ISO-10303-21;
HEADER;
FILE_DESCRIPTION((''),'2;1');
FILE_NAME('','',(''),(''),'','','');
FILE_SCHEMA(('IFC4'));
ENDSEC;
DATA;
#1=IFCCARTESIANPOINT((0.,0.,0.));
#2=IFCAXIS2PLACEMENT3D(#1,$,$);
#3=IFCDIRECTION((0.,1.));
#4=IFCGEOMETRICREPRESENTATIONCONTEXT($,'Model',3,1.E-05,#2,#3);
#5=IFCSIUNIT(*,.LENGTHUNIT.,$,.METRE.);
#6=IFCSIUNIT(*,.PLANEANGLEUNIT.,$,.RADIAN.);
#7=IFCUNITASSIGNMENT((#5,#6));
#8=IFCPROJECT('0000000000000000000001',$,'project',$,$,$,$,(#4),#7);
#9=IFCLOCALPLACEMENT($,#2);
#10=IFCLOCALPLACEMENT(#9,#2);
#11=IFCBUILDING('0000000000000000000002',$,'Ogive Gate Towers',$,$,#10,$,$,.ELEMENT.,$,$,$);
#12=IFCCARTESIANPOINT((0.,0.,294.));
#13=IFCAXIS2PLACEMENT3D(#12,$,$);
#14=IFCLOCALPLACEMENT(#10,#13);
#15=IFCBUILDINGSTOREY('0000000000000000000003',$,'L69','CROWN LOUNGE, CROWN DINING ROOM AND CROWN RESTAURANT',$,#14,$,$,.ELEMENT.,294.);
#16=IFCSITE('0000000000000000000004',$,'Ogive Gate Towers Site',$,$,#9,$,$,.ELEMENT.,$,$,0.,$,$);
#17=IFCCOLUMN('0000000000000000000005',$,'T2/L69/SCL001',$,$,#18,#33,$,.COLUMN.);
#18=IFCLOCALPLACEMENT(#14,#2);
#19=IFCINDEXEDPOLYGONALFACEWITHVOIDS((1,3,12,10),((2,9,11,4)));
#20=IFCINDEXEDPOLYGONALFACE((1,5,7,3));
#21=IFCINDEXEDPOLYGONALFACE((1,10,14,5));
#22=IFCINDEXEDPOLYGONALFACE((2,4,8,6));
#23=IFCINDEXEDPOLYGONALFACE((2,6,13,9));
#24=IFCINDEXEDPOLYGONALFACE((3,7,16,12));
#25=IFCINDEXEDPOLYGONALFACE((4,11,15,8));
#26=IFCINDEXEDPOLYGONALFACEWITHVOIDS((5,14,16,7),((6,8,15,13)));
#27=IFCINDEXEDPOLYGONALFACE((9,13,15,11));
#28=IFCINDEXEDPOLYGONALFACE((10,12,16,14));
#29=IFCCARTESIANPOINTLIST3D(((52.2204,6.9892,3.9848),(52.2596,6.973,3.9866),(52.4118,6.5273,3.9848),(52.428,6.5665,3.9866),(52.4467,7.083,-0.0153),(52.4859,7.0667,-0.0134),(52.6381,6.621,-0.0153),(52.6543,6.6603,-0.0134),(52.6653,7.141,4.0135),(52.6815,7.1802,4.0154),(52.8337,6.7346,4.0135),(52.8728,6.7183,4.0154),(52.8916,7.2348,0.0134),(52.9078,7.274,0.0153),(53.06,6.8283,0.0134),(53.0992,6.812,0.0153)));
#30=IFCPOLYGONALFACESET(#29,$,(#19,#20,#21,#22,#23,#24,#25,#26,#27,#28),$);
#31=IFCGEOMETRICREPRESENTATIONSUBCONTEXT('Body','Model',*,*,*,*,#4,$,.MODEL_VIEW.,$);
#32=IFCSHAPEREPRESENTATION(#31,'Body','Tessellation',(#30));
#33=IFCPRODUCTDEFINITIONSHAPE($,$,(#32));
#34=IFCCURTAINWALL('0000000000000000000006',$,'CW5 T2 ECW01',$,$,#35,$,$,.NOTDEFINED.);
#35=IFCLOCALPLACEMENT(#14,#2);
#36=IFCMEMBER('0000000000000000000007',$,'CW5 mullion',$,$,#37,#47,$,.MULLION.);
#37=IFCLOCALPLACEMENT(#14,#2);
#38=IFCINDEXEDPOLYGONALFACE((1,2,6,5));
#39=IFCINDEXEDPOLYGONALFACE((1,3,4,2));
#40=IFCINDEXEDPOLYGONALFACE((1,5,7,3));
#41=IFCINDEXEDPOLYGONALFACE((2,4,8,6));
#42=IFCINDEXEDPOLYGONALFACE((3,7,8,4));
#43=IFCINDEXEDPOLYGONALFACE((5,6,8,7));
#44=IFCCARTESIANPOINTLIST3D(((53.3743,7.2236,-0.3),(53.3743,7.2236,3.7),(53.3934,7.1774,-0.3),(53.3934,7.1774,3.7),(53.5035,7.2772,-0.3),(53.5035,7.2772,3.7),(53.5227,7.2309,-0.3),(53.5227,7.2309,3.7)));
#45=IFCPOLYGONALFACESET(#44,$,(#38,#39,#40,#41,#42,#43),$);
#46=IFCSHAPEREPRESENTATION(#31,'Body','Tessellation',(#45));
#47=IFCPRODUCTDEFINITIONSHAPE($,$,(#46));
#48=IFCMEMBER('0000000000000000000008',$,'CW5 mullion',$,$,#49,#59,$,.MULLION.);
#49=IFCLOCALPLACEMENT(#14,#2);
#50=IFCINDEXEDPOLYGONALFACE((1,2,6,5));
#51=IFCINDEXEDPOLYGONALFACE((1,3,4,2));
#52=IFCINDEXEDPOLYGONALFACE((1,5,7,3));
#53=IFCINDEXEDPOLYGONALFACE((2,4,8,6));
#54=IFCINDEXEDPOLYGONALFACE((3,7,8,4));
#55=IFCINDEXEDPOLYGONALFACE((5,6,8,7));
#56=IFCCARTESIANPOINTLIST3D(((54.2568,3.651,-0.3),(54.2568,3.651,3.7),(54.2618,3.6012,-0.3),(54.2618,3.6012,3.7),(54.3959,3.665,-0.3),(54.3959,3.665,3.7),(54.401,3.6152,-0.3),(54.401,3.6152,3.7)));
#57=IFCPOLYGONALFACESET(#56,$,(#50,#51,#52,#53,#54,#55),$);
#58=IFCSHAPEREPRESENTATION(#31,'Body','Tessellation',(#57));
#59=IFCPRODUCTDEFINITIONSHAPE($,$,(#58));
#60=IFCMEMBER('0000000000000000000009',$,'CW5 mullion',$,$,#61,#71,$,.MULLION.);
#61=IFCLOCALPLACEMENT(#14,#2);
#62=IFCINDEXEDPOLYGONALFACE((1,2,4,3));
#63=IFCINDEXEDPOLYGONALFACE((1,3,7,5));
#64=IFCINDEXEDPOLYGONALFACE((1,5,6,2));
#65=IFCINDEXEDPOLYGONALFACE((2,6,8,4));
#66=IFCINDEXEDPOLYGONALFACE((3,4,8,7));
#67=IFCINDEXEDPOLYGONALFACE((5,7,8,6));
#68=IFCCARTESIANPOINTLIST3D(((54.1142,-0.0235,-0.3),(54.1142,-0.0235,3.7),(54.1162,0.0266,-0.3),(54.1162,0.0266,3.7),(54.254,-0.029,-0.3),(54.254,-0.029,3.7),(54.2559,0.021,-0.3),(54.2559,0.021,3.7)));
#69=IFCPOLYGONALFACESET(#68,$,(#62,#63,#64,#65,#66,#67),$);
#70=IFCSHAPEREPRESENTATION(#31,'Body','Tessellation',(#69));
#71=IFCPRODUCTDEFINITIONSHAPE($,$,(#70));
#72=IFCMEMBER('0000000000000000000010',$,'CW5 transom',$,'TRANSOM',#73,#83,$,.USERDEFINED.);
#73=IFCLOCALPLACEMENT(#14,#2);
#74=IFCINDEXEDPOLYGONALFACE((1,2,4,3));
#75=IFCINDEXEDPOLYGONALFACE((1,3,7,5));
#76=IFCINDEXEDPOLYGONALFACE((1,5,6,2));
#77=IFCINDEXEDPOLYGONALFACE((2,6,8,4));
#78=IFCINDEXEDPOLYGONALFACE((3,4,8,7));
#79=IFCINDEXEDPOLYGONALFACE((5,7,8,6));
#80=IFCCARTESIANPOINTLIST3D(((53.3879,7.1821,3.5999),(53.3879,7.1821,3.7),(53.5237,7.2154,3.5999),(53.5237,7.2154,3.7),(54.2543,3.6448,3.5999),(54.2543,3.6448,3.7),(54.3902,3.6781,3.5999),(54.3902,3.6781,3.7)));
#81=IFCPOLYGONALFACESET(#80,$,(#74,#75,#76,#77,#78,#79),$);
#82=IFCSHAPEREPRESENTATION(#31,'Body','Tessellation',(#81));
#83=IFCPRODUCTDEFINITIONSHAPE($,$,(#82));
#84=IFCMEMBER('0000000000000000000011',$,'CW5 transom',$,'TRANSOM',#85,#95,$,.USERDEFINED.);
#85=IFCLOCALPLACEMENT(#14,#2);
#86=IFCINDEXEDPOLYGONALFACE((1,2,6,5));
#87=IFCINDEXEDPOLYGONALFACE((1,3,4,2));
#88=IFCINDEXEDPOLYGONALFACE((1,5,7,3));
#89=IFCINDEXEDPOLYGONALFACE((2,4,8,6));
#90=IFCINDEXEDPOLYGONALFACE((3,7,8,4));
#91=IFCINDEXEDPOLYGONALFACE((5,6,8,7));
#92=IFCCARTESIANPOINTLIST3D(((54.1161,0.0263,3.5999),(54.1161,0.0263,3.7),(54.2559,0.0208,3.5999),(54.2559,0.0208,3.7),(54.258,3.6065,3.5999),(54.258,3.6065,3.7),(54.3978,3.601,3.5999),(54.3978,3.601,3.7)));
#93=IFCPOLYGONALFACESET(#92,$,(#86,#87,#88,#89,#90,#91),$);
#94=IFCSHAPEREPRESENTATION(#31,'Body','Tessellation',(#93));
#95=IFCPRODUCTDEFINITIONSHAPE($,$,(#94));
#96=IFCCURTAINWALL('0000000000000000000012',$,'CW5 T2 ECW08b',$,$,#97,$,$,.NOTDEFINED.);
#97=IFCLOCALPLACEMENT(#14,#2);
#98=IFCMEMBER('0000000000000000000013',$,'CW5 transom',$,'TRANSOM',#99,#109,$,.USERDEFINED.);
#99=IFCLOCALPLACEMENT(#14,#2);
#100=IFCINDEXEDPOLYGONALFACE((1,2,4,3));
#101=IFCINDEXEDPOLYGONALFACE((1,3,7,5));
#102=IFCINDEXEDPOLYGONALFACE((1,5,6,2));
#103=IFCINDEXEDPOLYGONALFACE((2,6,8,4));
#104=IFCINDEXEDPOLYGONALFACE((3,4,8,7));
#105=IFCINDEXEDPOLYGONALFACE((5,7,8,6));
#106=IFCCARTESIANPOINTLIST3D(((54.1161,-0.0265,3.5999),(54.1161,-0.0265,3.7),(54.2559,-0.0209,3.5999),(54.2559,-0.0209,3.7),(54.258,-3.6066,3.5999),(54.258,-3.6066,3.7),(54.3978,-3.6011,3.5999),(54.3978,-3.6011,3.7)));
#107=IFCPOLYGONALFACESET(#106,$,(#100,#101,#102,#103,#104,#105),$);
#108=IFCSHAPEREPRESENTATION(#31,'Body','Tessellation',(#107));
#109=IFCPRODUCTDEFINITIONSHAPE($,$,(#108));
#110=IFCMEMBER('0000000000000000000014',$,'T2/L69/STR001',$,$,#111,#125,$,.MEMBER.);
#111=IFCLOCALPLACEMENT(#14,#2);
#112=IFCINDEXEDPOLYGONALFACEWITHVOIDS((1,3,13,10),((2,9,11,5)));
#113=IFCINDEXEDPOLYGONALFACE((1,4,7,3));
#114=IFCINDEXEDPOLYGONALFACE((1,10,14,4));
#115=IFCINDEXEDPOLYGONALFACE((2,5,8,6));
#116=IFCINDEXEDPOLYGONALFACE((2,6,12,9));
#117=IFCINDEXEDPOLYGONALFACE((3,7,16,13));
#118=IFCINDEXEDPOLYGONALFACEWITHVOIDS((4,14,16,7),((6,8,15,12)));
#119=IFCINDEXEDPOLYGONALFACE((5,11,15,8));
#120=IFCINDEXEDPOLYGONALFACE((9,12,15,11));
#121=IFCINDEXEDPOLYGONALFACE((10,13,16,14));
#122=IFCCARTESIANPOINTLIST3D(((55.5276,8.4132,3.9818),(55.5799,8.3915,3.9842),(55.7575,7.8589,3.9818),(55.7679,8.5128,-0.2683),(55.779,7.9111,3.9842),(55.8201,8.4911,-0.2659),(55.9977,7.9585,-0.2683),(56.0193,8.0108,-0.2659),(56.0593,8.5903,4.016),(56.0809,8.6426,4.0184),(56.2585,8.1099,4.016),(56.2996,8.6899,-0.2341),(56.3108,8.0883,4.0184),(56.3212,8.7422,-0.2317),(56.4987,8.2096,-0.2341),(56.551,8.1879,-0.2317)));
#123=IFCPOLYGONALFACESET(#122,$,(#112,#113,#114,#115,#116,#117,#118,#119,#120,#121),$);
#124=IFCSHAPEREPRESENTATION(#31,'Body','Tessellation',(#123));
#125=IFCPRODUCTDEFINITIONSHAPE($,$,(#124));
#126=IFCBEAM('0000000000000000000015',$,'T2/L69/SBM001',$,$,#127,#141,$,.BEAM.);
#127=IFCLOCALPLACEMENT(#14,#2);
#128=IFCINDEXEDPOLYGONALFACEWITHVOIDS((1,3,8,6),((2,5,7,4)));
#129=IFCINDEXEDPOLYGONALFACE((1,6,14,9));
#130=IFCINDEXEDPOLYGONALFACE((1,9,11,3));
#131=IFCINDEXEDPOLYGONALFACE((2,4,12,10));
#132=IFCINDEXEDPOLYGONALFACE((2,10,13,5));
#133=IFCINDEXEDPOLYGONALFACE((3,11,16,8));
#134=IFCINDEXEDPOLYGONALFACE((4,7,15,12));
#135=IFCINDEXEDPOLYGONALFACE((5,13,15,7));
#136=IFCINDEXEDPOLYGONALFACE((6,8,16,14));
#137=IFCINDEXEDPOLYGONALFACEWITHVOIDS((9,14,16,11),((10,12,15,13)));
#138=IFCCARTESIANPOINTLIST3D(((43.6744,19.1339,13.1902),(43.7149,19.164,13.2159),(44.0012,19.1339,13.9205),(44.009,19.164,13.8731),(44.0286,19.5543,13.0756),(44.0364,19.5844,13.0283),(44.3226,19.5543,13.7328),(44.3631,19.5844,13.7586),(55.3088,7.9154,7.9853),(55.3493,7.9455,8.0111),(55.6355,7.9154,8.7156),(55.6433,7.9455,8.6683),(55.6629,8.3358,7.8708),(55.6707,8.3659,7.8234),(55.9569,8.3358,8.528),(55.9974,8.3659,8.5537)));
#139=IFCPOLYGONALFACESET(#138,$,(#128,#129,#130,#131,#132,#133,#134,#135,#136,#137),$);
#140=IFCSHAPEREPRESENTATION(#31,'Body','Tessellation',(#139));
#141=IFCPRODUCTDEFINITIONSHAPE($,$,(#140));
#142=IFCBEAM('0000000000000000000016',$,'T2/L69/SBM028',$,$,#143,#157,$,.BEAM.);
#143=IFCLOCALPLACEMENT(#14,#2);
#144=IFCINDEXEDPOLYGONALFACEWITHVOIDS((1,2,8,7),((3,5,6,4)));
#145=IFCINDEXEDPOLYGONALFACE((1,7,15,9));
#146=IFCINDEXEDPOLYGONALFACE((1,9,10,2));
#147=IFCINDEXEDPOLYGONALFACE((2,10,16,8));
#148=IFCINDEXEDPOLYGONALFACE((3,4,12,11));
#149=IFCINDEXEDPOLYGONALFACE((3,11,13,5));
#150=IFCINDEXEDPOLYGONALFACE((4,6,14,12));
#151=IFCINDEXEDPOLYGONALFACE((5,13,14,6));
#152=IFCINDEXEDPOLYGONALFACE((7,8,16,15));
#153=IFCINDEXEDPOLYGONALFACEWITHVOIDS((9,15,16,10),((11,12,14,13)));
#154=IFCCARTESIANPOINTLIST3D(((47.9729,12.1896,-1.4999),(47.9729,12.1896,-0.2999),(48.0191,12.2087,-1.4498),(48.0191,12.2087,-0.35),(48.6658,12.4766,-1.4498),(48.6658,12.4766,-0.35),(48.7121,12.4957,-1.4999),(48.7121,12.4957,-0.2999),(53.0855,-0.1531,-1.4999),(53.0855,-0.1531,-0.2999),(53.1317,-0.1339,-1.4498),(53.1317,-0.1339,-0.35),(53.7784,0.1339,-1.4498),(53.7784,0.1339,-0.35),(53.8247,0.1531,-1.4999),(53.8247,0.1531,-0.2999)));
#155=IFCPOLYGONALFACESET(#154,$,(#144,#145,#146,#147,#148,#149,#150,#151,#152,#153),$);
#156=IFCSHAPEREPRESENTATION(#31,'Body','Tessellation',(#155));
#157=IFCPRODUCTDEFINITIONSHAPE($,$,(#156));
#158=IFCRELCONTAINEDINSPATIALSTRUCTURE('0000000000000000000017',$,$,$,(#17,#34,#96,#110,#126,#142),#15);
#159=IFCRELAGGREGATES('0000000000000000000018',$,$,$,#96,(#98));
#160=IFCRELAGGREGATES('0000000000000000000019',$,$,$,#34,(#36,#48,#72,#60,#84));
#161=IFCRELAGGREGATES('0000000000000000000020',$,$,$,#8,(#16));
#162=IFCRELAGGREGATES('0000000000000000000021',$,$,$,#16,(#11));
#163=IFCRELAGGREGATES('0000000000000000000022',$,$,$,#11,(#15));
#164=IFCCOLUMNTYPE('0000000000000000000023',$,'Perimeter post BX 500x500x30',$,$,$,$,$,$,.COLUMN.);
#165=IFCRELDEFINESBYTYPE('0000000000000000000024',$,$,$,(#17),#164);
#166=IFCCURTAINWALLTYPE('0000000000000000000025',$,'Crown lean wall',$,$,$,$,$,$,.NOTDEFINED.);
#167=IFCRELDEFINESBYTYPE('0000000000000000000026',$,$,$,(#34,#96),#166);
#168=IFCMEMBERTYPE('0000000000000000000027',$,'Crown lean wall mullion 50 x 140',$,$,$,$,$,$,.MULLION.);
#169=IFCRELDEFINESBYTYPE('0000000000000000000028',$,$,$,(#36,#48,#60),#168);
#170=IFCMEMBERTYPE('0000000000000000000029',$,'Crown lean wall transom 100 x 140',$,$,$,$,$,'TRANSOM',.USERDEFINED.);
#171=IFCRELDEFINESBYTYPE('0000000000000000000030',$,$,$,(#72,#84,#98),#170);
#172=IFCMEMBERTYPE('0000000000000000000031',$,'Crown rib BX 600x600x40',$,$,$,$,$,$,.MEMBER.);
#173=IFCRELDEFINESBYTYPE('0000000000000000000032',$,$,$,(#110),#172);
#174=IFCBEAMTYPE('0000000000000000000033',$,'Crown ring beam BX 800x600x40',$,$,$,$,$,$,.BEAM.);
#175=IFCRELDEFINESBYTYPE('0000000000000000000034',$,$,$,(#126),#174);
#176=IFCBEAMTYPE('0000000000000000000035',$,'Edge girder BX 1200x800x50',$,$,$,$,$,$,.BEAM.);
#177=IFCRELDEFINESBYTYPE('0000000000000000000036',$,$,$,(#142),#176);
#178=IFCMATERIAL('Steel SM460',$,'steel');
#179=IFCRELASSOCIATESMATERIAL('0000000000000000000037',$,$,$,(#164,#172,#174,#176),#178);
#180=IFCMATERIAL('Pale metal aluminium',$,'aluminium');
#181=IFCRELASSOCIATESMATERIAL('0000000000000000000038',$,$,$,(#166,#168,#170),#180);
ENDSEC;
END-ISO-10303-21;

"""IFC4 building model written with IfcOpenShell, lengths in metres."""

from ifc_helpers import new_model, si_unit, direction, frame, origin, origin_2d, place, context, subcontext, project, spatial, rectangle, hollow_rectangle, extrude, material, material_profile, profile_set, type_object, element, aggregate, save


model = new_model("IFC4")

# Units and contexts
model_context = context("Model", 3, precision=1e-05, world=origin(), true_north=direction((0.0, 1.0)))
body_context = subcontext(model_context, "Body", "Model", "MODEL_VIEW")
ifc_project = project(units=[si_unit("LENGTHUNIT", "METRE"), si_unit("PLANEANGLEUNIT", "RADIAN")], contexts=[model_context])

# Site, building, storey
site_placement = place(None, origin())
site = spatial("IfcSite", under=ifc_project, at=site_placement, Name="Ogive Gate Towers Site", CompositionType="ELEMENT", RefElevation=0.0)
building_placement = place(site_placement, origin())
building = spatial("IfcBuilding", under=site, at=building_placement, Name="Ogive Gate Towers", CompositionType="ELEMENT")
storey_placement = place(building_placement, frame((0.0, 0.0, 294.0)))
storey = spatial("IfcBuildingStorey", under=building, at=storey_placement, Name="L69", Description="CROWN LOUNGE, CROWN DINING ROOM AND CROWN RESTAURANT", CompositionType="ELEMENT", Elevation=294.0)

# Column
ifc_material_1 = material(Name="Steel SM460", Category="steel")
ifc_material_profile_1 = material_profile(ifc_material_1, hollow_rectangle(XDim=0.5, YDim=0.5, WallThickness=0.03, at=origin_2d()), Name="BX 500x500x30")
ifc_profile_set_1 = profile_set([ifc_material_profile_1], Name="Steel SM460")
column_type = type_object("IfcColumnType", Name="Perimeter post BX 500x500x30", PredefinedType="COLUMN", material=ifc_profile_set_1)
column_placement = place(storey_placement, frame((52.7729, 6.9475, 0.0), z_axis=(-0.056474, -0.023394, 0.99813), x_axis=(0.382704, -0.923871, 0.0)))
element("IfcColumn", 1, at=column_placement, inside=storey, type_object=column_type, Name="T2/L69/SCL001", PredefinedType="COLUMN", context=body_context, shape_type="SweptSolid", body=[
    extrude(hollow_rectangle(XDim=0.5, YDim=0.5, WallThickness=0.03, at=origin_2d()), origin(), (0.0, 0.0, 1.0), 4.0076),
])

# Curtain wall, members
ifc_material_2 = material(Name="Pale metal aluminium", Category="aluminium")
curtain_wall_type = type_object("IfcCurtainWallType", Name="Crown lean wall", PredefinedType="NOTDEFINED", material=ifc_material_2)
curtain_wall_1_placement = place(storey_placement, origin())
curtain_wall_1 = element("IfcCurtainWall", 2, at=curtain_wall_1_placement, inside=storey, type_object=curtain_wall_type, Name="CW5 T2 ECW01", PredefinedType="NOTDEFINED")
ifc_material_profile_2 = material_profile(ifc_material_2, rectangle(XDim=0.1399, YDim=0.05, at=origin_2d()), Name="50 x 140 aluminium box")
ifc_profile_set_2 = profile_set([ifc_material_profile_2], Name="Pale metal aluminium")
member_type_1 = type_object("IfcMemberType", Name="Crown lean wall mullion 50 x 140", PredefinedType="MULLION", material=ifc_profile_set_2)
member_1_placement = place(storey_placement, frame((53.4485, 7.2273, -0.3), z_axis=(0.0, 0.0, 1.0), x_axis=(-0.92388, -0.382683, 0.0)))
member_1 = element("IfcMember", 3, at=member_1_placement, type_object=member_type_1, Name="CW5 mullion", PredefinedType="MULLION", context=body_context, shape_type="SweptSolid", body=[
    extrude(rectangle(XDim=0.1399, YDim=0.05, at=origin_2d()), origin(), (0.0, 0.0, 1.0), 4.0),
])
member_2_placement = place(storey_placement, frame((54.3289, 3.6331, -0.3), z_axis=(0.0, 0.0, 1.0), x_axis=(-0.994977, -0.100101, 0.0)))
member_2 = element("IfcMember", 4, at=member_2_placement, type_object=member_type_1, Name="CW5 mullion", PredefinedType="MULLION", context=body_context, shape_type="SweptSolid", body=[
    extrude(rectangle(XDim=0.1399, YDim=0.05, at=origin_2d()), origin(), (0.0, 0.0, 1.0), 4.0),
])
member_3_placement = place(storey_placement, frame((54.1851, -0.0012, -0.3), z_axis=(0.0, 0.0, 1.0), x_axis=(-0.999215, 0.039609, 0.0)))
member_3 = element("IfcMember", 5, at=member_3_placement, type_object=member_type_1, Name="CW5 mullion", PredefinedType="MULLION", context=body_context, shape_type="SweptSolid", body=[
    extrude(rectangle(XDim=0.1399, YDim=0.05, at=origin_2d()), origin(), (0.0, 0.0, 1.0), 4.0),
])
ifc_material_profile_3 = material_profile(ifc_material_2, rectangle(XDim=0.1399, YDim=0.1001, at=origin_2d()), Name="100 x 140 aluminium box")
ifc_profile_set_3 = profile_set([ifc_material_profile_3], Name="Pale metal aluminium")
member_type_2 = type_object("IfcMemberType", Name="Crown lean wall transom 100 x 140", ElementType="TRANSOM", PredefinedType="USERDEFINED", material=ifc_profile_set_3)
member_4_placement = place(storey_placement, frame((53.4558, 7.1987, 3.6499), z_axis=(0.237911, -0.971287, 0.0), x_axis=(0.971287, 0.237911, 0.0)))
member_4 = element("IfcMember", 6, at=member_4_placement, type_object=member_type_2, Name="CW5 transom", ObjectType="TRANSOM", PredefinedType="USERDEFINED", context=body_context, shape_type="SweptSolid", body=[
    extrude(rectangle(XDim=0.1399, YDim=0.1001, at=origin_2d()), origin(), (0.0, 0.0, 1.0), 3.6418),
])
member_5_placement = place(storey_placement, frame((54.3279, 3.6038, 3.6499), z_axis=(-0.03959, -0.999216, 0.0), x_axis=(0.999216, -0.03959, 0.0)))
member_5 = element("IfcMember", 7, at=member_5_placement, type_object=member_type_2, Name="CW5 transom", ObjectType="TRANSOM", PredefinedType="USERDEFINED", context=body_context, shape_type="SweptSolid", body=[
    extrude(rectangle(XDim=0.1399, YDim=0.1001, at=origin_2d()), origin(), (0.0, 0.0, 1.0), 3.583),
])

# Curtain wall, member
curtain_wall_2_placement = place(storey_placement, origin())
curtain_wall_2 = element("IfcCurtainWall", 8, at=curtain_wall_2_placement, inside=storey, type_object=curtain_wall_type, Name="CW5 T2 ECW08b", PredefinedType="NOTDEFINED")
member_6_placement = place(storey_placement, frame((54.186, -0.0237, 3.6499), z_axis=(0.03959, -0.999216, 0.0), x_axis=(0.999216, 0.03959, 0.0)))
member_6 = element("IfcMember", 9, at=member_6_placement, type_object=member_type_2, Name="CW5 transom", ObjectType="TRANSOM", PredefinedType="USERDEFINED", context=body_context, shape_type="SweptSolid", body=[
    extrude(rectangle(XDim=0.1399, YDim=0.1001, at=origin_2d()), origin(), (0.0, 0.0, 1.0), 3.583),
])
aggregate(curtain_wall_2, [member_6])

# Member
ifc_material_profile_4 = material_profile(ifc_material_1, hollow_rectangle(XDim=0.6001, YDim=0.6001, WallThickness=0.04, at=origin_2d()), Name="BX 600x600x40")
ifc_profile_set_4 = profile_set([ifc_material_profile_4], Name="Steel SM460")
member_type_3 = type_object("IfcMemberType", Name="Crown rib BX 600x600x40", PredefinedType="MEMBER", material=ifc_profile_set_4)
member_7_placement = place(storey_placement, frame((56.1594, 8.3503, -0.25), z_axis=(-0.05642, -0.023394, 0.998133), x_axis=(0.383015, -0.923742, 0.0)))
element("IfcMember", 10, at=member_7_placement, inside=storey, type_object=member_type_3, Name="T2/L69/STR001", PredefinedType="MEMBER", context=body_context, shape_type="SweptSolid", body=[
    extrude(hollow_rectangle(XDim=0.6001, YDim=0.6001, WallThickness=0.04, at=origin_2d()), origin(), (0.0, 0.0, 1.0), 4.2581),
])

# Beams
ifc_material_profile_5 = material_profile(ifc_material_1, hollow_rectangle(XDim=0.6001, YDim=0.8, WallThickness=0.04, at=origin_2d()), Name="BX 800x600x40")
ifc_profile_set_5 = profile_set([ifc_material_profile_5], Name="Steel SM460")
beam_type_1 = type_object("IfcBeamType", Name="Crown ring beam BX 800x600x40", PredefinedType="BEAM", material=ifc_profile_set_5)
beam_1_placement = place(storey_placement, frame((55.6531, 8.1406, 8.2695), z_axis=(-0.685198, 0.660711, 0.306537), x_axis=(0.60311, 0.75064, -0.26981)))
element("IfcBeam", 11, at=beam_1_placement, inside=storey, type_object=beam_type_1, Name="T2/L69/SBM001", PredefinedType="BEAM", context=body_context, shape_type="SweptSolid", body=[
    extrude(hollow_rectangle(XDim=0.6001, YDim=0.8, WallThickness=0.04, at=origin_2d()), origin(), (0.0, 0.0, 1.0), 16.9795),
])
ifc_material_profile_6 = material_profile(ifc_material_1, hollow_rectangle(XDim=0.8, YDim=1.2, WallThickness=0.05, at=origin_2d()), Name="BX 1200x800x50")
ifc_profile_set_6 = profile_set([ifc_material_profile_6], Name="Steel SM460")
beam_type_2 = type_object("IfcBeamType", Name="Edge girder BX 1200x800x50", PredefinedType="BEAM", material=ifc_profile_set_6)
beam_2_placement = place(storey_placement, frame((53.4551, 0.0, -0.8999), z_axis=(-0.38269, 0.923877, 0.0), x_axis=(-0.923877, -0.38269, 0.0)))
element("IfcBeam", 12, at=beam_2_placement, inside=storey, type_object=beam_type_2, Name="T2/L69/SBM028", PredefinedType="BEAM", context=body_context, shape_type="SweptSolid", body=[
    extrude(hollow_rectangle(XDim=0.8, YDim=1.2, WallThickness=0.05, at=origin_2d()), origin(), (0.0, 0.0, 1.0), 13.3596),
])

aggregate(curtain_wall_1, [member_1, member_2, member_4, member_3, member_5])

save(model, "model.ifc")
